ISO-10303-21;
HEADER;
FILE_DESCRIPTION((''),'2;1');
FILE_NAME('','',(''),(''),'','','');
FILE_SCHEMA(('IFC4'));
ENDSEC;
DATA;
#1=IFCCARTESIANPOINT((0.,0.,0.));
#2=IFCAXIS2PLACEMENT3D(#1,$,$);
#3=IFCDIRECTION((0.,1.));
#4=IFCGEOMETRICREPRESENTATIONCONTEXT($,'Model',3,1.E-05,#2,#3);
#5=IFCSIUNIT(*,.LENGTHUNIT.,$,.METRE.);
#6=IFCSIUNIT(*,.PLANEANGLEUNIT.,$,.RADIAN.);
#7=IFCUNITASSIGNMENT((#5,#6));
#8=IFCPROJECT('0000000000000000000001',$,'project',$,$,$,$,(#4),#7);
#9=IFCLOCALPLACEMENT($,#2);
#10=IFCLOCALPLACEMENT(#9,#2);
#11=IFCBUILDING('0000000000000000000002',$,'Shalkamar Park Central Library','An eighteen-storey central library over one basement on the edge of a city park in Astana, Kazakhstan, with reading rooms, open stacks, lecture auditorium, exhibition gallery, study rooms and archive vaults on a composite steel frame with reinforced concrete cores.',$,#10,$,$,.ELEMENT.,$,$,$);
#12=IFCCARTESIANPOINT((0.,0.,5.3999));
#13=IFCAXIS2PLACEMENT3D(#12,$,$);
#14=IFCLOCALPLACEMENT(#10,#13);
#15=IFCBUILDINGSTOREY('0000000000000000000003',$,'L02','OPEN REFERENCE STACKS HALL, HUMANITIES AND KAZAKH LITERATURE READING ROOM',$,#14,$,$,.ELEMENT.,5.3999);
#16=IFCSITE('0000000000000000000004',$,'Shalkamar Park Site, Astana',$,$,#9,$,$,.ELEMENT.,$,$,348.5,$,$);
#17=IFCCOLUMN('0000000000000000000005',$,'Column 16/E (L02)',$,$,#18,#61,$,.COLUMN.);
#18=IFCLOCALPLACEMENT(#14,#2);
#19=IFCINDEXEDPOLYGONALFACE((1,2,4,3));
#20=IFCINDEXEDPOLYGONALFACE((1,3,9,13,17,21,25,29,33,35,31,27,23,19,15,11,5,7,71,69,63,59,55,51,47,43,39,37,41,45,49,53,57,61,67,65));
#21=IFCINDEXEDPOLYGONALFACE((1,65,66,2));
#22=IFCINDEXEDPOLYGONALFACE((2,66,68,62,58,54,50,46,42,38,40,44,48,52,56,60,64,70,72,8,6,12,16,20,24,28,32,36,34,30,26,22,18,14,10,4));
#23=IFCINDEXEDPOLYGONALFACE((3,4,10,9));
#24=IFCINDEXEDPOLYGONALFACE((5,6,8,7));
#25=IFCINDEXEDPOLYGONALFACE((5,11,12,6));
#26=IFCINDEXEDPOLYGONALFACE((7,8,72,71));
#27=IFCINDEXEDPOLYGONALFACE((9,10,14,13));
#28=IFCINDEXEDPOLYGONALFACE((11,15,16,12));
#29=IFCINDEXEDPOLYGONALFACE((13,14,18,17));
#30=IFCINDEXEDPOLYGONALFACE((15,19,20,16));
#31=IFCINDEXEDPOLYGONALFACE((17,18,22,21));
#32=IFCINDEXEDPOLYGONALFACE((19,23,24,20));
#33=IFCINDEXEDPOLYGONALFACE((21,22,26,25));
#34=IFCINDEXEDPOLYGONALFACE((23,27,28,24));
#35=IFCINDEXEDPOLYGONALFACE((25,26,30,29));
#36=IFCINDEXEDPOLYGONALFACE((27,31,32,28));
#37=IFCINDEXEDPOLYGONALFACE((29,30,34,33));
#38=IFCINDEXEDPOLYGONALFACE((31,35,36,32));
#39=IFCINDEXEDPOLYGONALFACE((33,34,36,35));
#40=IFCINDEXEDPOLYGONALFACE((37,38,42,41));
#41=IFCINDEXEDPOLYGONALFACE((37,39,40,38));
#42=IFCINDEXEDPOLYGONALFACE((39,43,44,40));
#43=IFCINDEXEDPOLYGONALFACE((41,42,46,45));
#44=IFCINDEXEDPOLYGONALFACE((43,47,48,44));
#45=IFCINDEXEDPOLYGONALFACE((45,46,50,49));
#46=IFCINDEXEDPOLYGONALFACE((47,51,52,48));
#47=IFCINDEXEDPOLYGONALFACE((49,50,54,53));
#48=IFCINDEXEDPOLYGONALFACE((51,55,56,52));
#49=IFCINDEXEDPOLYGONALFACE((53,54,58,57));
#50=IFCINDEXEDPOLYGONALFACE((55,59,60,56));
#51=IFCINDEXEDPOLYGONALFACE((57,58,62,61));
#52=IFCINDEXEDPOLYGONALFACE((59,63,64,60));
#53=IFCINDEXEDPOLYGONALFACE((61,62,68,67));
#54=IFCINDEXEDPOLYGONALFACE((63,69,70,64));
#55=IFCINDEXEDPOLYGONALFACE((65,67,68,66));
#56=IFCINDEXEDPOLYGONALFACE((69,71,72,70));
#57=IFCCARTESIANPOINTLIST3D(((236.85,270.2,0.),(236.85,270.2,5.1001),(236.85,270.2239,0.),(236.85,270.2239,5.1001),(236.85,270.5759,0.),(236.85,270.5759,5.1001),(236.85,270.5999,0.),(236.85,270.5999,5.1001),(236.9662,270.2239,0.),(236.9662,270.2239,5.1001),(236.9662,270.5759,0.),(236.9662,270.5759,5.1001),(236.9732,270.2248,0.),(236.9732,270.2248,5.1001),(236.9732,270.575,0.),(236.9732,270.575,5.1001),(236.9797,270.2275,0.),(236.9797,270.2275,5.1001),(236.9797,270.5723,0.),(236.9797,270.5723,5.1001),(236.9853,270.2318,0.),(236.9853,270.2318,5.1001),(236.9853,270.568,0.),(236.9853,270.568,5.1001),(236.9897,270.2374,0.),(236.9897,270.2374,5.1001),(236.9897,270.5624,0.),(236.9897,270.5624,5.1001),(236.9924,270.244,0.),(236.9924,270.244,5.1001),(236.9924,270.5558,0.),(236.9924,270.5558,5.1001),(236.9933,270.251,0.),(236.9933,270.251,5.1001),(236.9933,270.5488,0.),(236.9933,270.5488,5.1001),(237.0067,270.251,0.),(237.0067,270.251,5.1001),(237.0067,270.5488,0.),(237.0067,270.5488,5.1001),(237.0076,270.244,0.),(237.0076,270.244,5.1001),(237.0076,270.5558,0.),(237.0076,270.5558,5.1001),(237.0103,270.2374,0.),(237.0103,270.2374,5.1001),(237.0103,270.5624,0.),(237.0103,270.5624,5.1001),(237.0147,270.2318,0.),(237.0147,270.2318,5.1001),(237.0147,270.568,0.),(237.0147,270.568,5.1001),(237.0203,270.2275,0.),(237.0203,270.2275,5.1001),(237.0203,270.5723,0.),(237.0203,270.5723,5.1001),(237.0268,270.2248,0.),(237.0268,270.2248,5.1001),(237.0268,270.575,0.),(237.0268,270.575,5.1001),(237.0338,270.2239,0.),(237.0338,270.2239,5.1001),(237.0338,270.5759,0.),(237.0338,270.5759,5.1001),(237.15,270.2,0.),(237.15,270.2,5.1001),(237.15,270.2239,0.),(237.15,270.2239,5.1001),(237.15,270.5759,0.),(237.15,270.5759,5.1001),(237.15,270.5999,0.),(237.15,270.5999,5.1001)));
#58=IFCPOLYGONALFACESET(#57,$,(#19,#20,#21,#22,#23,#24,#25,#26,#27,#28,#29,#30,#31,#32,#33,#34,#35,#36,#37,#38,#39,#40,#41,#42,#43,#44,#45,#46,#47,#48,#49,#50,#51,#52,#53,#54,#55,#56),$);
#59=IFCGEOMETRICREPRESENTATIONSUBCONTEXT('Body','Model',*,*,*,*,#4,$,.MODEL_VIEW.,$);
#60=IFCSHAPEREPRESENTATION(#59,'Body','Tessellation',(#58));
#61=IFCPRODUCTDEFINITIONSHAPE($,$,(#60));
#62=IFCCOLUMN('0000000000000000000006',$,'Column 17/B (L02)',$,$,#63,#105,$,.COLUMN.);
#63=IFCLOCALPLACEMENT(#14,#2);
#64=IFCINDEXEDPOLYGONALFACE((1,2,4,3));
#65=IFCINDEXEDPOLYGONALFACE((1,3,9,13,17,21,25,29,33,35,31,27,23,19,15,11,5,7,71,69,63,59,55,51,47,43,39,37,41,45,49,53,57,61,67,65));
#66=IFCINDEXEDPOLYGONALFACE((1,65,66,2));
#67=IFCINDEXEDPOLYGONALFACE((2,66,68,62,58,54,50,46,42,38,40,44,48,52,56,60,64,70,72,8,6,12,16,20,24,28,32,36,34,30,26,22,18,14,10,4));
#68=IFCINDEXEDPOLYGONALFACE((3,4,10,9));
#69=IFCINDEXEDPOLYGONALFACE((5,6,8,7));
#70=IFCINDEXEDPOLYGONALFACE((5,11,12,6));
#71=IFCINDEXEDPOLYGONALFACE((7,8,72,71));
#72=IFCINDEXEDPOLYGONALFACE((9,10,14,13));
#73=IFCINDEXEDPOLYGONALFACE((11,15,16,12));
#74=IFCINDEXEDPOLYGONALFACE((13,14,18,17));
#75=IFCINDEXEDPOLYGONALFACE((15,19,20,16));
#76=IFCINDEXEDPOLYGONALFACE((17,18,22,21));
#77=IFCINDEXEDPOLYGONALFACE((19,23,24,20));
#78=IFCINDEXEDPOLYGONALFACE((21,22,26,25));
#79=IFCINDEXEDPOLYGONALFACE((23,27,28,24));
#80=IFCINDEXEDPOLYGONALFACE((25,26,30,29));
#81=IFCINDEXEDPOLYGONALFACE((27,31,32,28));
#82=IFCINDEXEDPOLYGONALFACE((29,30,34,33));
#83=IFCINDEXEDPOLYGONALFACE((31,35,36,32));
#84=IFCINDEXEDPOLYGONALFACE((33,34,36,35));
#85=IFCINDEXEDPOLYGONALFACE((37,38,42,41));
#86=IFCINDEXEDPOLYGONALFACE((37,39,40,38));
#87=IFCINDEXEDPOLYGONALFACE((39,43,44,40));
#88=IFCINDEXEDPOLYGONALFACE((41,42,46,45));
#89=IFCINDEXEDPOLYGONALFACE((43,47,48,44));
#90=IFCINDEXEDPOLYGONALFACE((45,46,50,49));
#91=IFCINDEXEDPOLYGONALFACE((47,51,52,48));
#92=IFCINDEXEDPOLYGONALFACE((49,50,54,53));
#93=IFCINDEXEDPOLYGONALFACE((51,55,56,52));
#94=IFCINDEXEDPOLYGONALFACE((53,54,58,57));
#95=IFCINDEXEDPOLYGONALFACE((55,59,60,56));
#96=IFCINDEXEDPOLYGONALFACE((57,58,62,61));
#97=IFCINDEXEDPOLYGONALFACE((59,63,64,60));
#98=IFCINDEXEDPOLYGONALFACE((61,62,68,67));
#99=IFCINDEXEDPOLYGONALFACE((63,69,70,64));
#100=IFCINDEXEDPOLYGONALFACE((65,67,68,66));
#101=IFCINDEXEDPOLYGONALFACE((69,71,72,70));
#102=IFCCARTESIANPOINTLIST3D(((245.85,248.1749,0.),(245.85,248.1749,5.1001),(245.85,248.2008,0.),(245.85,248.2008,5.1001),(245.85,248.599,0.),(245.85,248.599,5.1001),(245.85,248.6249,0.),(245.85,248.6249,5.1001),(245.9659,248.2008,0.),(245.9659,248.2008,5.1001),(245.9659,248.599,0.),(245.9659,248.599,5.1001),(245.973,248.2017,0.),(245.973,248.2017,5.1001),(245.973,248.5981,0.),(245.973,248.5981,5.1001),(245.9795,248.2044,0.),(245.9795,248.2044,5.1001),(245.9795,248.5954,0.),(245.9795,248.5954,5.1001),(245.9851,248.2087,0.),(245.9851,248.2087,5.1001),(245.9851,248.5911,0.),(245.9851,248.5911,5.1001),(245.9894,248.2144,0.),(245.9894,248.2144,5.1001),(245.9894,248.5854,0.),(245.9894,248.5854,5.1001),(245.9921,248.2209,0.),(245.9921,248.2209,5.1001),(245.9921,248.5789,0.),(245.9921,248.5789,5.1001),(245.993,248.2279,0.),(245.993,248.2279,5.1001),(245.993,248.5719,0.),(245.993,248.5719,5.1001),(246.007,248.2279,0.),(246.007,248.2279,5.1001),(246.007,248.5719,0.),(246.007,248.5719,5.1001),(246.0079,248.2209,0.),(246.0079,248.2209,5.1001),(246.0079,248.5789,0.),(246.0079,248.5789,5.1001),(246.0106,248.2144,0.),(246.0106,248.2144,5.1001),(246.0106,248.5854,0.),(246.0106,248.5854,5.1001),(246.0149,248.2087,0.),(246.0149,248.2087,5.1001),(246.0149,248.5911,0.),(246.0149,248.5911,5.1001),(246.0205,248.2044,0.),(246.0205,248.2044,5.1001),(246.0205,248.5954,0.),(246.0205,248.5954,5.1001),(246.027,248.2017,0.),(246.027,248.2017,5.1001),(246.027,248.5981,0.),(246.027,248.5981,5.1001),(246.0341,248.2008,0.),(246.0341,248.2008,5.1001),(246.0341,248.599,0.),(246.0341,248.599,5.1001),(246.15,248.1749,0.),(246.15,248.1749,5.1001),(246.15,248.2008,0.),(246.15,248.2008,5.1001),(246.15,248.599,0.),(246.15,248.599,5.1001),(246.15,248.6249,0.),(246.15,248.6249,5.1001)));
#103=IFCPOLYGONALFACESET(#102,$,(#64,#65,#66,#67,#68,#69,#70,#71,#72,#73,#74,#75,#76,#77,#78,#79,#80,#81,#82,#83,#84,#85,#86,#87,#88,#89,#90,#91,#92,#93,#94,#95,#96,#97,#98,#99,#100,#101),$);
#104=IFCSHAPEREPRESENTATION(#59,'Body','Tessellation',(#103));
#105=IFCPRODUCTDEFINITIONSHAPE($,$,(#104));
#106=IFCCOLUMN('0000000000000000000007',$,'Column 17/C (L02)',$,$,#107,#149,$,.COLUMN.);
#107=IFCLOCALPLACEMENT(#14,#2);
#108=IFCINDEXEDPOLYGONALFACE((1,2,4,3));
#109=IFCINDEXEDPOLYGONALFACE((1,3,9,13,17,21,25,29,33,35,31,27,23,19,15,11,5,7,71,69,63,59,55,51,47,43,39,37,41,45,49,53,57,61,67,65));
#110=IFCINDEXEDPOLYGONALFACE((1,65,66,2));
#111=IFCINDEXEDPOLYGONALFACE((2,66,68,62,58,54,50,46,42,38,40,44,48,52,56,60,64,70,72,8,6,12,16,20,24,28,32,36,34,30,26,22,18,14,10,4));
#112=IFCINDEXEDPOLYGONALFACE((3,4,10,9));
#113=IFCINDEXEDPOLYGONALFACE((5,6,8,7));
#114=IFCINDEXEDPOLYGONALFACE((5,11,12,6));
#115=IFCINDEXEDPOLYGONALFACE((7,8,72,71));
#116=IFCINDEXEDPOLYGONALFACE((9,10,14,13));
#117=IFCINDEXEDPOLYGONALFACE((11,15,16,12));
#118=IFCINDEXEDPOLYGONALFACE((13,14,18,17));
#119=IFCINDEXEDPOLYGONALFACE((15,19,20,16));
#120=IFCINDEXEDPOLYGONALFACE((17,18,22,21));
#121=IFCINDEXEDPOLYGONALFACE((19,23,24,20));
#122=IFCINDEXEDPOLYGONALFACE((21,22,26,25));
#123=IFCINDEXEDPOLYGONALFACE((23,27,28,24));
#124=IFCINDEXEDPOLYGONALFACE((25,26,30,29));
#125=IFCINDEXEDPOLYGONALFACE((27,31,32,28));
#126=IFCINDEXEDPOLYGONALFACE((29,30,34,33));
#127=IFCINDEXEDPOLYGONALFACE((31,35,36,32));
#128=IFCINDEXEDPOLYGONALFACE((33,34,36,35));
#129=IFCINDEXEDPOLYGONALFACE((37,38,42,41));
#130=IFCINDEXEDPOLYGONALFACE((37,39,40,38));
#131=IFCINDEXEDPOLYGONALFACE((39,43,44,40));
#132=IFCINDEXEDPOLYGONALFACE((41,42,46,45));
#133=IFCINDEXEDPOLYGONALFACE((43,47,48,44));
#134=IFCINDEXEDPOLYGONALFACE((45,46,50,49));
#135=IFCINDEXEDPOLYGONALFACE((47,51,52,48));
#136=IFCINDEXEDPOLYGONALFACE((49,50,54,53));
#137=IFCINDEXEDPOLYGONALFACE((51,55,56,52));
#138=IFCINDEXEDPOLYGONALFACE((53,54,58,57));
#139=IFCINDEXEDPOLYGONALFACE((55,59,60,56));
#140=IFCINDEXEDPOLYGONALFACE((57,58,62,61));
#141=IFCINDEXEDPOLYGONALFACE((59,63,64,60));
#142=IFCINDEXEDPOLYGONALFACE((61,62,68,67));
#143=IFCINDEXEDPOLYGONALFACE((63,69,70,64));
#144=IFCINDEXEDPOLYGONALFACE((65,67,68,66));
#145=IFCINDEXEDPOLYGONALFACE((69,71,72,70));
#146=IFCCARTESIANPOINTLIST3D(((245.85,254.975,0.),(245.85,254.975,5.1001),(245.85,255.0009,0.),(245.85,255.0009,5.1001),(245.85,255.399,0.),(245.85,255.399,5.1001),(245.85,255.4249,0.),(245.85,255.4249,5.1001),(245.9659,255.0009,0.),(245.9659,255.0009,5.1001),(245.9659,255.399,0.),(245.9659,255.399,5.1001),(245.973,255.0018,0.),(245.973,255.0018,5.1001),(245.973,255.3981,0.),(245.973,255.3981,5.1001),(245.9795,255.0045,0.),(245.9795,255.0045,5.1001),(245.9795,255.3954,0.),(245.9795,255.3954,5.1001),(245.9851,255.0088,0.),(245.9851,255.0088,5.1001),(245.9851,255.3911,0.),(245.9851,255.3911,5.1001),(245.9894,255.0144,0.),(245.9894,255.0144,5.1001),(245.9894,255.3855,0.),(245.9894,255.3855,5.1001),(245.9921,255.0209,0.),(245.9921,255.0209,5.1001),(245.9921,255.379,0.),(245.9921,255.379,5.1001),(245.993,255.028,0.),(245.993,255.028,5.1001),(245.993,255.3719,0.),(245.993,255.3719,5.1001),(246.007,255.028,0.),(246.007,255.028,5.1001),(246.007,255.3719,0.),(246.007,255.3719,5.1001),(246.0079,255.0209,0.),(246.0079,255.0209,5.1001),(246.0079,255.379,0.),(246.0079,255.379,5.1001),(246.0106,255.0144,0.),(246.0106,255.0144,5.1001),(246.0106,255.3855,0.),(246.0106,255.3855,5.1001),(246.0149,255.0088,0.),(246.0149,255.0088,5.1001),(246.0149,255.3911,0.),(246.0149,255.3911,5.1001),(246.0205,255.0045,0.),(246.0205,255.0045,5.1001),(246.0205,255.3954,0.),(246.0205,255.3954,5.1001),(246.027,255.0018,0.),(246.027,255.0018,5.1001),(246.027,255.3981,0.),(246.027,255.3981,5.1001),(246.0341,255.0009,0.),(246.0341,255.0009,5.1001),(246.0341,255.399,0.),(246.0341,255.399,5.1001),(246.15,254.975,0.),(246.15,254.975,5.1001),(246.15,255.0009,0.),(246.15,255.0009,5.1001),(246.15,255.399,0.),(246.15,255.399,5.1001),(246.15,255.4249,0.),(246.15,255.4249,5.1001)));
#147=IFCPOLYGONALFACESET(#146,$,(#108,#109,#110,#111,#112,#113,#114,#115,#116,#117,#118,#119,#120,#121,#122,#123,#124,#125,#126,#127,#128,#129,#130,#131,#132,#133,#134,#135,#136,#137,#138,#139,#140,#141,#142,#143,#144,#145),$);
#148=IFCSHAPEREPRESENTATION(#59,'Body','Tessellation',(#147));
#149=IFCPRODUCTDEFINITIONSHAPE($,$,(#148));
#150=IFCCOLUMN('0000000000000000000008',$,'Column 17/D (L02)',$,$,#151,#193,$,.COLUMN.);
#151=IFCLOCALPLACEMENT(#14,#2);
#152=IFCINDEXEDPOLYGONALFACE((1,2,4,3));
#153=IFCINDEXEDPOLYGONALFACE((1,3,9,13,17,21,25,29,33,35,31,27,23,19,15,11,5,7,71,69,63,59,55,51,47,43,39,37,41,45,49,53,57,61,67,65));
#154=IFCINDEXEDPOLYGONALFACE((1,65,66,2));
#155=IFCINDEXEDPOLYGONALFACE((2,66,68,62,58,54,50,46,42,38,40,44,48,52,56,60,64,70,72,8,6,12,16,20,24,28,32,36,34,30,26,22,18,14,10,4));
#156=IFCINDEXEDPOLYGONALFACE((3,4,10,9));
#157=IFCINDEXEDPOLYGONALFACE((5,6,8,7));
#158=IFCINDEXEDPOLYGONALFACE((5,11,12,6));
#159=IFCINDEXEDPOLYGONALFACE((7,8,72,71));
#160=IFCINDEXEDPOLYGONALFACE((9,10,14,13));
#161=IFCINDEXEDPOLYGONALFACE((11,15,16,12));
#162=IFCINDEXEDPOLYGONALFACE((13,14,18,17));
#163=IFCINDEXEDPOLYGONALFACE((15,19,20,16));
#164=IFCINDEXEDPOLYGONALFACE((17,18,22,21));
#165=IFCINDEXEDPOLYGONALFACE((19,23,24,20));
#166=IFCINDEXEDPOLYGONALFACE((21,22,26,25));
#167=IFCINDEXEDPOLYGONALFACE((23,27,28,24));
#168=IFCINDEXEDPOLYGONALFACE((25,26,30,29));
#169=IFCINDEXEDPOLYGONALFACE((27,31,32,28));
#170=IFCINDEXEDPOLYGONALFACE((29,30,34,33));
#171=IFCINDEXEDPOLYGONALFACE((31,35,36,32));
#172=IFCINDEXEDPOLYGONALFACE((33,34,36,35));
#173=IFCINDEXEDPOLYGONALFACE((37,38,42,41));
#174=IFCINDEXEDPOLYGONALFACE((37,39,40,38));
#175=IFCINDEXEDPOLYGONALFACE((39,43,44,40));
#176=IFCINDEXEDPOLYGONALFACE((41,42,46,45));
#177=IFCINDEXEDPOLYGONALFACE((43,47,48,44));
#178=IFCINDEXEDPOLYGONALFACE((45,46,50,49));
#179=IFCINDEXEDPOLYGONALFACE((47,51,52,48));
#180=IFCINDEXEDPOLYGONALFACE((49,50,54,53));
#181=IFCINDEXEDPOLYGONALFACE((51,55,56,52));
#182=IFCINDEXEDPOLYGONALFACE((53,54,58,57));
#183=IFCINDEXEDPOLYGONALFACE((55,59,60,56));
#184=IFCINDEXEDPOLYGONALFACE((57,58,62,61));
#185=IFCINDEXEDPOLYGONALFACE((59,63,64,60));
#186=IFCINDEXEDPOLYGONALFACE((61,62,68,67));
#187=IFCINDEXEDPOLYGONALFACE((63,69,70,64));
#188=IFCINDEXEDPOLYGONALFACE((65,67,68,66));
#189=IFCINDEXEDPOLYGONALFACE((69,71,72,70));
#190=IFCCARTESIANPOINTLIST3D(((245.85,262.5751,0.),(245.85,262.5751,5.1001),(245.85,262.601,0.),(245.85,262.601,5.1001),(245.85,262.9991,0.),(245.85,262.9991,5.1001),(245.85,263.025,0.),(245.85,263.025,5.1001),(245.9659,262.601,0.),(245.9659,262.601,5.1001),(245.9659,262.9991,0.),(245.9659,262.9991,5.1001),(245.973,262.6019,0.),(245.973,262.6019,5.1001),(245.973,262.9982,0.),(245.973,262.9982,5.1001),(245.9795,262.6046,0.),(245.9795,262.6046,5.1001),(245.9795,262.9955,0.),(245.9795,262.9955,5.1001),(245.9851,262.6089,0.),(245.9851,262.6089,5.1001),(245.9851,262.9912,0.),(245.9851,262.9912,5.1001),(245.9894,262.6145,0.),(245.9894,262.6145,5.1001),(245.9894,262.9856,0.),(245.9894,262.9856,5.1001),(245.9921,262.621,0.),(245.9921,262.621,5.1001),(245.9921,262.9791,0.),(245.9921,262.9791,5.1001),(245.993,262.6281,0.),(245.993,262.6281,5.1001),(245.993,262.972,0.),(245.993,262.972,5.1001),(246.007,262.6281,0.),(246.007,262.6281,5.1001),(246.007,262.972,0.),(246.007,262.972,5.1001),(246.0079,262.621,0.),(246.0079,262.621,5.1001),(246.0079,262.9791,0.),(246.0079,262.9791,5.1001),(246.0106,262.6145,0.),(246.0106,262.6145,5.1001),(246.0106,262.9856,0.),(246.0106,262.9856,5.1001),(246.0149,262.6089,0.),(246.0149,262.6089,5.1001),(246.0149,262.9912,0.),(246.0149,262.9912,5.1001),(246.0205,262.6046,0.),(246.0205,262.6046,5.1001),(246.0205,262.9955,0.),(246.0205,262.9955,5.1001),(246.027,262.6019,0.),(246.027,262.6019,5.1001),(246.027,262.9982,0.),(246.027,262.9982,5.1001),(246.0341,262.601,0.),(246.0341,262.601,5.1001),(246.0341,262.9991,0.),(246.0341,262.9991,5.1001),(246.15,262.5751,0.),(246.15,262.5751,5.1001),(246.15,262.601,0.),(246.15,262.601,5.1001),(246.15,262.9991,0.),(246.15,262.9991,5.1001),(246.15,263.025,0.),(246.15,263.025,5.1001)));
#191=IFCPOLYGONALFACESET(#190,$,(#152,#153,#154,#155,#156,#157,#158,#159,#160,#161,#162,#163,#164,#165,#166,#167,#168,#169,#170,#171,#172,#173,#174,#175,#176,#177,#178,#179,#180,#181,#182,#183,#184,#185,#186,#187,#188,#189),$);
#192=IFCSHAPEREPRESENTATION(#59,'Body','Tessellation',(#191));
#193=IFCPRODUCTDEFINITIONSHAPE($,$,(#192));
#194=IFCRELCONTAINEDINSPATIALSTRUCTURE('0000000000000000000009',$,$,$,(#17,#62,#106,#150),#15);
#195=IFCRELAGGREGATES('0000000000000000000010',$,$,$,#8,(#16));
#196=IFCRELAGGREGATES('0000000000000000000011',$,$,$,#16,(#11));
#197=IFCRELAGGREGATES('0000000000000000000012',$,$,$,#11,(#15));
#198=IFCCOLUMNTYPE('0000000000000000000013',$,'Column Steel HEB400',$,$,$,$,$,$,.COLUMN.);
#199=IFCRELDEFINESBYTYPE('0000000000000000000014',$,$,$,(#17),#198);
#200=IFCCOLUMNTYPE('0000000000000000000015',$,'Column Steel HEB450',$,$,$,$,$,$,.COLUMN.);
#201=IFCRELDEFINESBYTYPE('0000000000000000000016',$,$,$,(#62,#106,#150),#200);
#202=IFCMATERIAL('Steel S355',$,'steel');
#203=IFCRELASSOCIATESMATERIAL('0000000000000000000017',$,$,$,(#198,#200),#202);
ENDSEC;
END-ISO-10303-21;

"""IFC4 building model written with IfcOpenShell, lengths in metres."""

from ifc_helpers import new_model, si_unit, direction, frame, origin, origin_2d, place, context, subcontext, project, spatial, i_section, extrude, material, material_profile, profile_set, type_object, element, save


model = new_model("IFC4")

# Units and contexts
model_context = context("Model", 3, precision=1e-05, world=origin(), true_north=direction((0.0, 1.0)))
body_context = subcontext(model_context, "Body", "Model", "MODEL_VIEW")
ifc_project = project(units=[si_unit("LENGTHUNIT", "METRE"), si_unit("PLANEANGLEUNIT", "RADIAN")], contexts=[model_context])

# Site, building, storey
site_placement = place(None, origin())
site = spatial("IfcSite", under=ifc_project, at=site_placement, Name="Shalkamar Park Site, Astana", CompositionType="ELEMENT", RefElevation=348.5)
building_placement = place(site_placement, origin())
building = spatial("IfcBuilding", under=site, at=building_placement, Name="Shalkamar Park Central Library", Description="An eighteen-storey central library over one basement on the edge of a city park in Astana, Kazakhstan, with reading rooms, open stacks, lecture auditorium, exhibition gallery, study rooms and archive vaults on a composite steel frame with reinforced concrete cores.", CompositionType="ELEMENT")
storey_placement = place(building_placement, frame((0.0, 0.0, 5.3999)))
storey = spatial("IfcBuildingStorey", under=building, at=storey_placement, Name="L02", Description="OPEN REFERENCE STACKS HALL, HUMANITIES AND KAZAKH LITERATURE READING ROOM", CompositionType="ELEMENT", Elevation=5.3999)

# Columns
ifc_material_1 = material(Name="Steel S355", Category="steel")
ifc_material_profile_1 = material_profile(ifc_material_1, i_section(OverallWidth=0.3, OverallDepth=0.3999, WebThickness=0.0134, FlangeThickness=0.0239, FilletRadius=0.0271, at=origin_2d()), Name="HEB 400")
ifc_profile_set_1 = profile_set([ifc_material_profile_1], Name="Steel S355")
column_type_1 = type_object("IfcColumnType", Name="Column Steel HEB400", PredefinedType="COLUMN", material=ifc_profile_set_1)
column_placement = place(storey_placement, frame((237.0, 270.3999, 0.0), z_axis=(0.0, 0.0, 1.0), x_axis=(1.0, 0.0, 0.0)))
element("IfcColumn", 1, at=column_placement, inside=storey, type_object=column_type_1, Name="Column 16/E (L02)", PredefinedType="COLUMN", context=body_context, shape_type="SweptSolid", body=[
    extrude(i_section(OverallWidth=0.3, OverallDepth=0.3999, WebThickness=0.0134, FlangeThickness=0.0239, FilletRadius=0.0271, at=origin_2d()), origin(), (0.0, 0.0, 1.0), 5.1001),
])
ifc_material_profile_2 = material_profile(ifc_material_1, i_section(OverallWidth=0.3, OverallDepth=0.45, WebThickness=0.0139, FlangeThickness=0.0259, FilletRadius=0.0271, at=origin_2d()), Name="HEB 450")
ifc_profile_set_2 = profile_set([ifc_material_profile_2], Name="Steel S355")
column_type_2 = type_object("IfcColumnType", Name="Column Steel HEB450", PredefinedType="COLUMN", material=ifc_profile_set_2)
for number, where, z_axis, x_axis, name in (
    (2, (246.0, 248.3999, 0.0), (0.0, 0.0, 1.0), (1.0, 0.0, 0.0), "Column 17/B (L02)"),
    (3, (246.0, 255.2, 0.0), (0.0, 0.0, 1.0), (1.0, 0.0, 0.0), "Column 17/C (L02)"),
    (4, (246.0, 262.8, 0.0), (0.0, 0.0, 1.0), (1.0, 0.0, 0.0), "Column 17/D (L02)"),
):
    element("IfcColumn", number, at=place(storey_placement, frame(where, z_axis=z_axis, x_axis=x_axis)), inside=storey, type_object=column_type_2, Name=name, PredefinedType="COLUMN", context=body_context, shape_type="SweptSolid", body=[
        extrude(i_section(OverallWidth=0.3, OverallDepth=0.45, WebThickness=0.0139, FlangeThickness=0.0259, FilletRadius=0.0271, at=origin_2d()), origin(), (0.0, 0.0, 1.0), 5.1001),
    ])

save(model, "model.ifc")
